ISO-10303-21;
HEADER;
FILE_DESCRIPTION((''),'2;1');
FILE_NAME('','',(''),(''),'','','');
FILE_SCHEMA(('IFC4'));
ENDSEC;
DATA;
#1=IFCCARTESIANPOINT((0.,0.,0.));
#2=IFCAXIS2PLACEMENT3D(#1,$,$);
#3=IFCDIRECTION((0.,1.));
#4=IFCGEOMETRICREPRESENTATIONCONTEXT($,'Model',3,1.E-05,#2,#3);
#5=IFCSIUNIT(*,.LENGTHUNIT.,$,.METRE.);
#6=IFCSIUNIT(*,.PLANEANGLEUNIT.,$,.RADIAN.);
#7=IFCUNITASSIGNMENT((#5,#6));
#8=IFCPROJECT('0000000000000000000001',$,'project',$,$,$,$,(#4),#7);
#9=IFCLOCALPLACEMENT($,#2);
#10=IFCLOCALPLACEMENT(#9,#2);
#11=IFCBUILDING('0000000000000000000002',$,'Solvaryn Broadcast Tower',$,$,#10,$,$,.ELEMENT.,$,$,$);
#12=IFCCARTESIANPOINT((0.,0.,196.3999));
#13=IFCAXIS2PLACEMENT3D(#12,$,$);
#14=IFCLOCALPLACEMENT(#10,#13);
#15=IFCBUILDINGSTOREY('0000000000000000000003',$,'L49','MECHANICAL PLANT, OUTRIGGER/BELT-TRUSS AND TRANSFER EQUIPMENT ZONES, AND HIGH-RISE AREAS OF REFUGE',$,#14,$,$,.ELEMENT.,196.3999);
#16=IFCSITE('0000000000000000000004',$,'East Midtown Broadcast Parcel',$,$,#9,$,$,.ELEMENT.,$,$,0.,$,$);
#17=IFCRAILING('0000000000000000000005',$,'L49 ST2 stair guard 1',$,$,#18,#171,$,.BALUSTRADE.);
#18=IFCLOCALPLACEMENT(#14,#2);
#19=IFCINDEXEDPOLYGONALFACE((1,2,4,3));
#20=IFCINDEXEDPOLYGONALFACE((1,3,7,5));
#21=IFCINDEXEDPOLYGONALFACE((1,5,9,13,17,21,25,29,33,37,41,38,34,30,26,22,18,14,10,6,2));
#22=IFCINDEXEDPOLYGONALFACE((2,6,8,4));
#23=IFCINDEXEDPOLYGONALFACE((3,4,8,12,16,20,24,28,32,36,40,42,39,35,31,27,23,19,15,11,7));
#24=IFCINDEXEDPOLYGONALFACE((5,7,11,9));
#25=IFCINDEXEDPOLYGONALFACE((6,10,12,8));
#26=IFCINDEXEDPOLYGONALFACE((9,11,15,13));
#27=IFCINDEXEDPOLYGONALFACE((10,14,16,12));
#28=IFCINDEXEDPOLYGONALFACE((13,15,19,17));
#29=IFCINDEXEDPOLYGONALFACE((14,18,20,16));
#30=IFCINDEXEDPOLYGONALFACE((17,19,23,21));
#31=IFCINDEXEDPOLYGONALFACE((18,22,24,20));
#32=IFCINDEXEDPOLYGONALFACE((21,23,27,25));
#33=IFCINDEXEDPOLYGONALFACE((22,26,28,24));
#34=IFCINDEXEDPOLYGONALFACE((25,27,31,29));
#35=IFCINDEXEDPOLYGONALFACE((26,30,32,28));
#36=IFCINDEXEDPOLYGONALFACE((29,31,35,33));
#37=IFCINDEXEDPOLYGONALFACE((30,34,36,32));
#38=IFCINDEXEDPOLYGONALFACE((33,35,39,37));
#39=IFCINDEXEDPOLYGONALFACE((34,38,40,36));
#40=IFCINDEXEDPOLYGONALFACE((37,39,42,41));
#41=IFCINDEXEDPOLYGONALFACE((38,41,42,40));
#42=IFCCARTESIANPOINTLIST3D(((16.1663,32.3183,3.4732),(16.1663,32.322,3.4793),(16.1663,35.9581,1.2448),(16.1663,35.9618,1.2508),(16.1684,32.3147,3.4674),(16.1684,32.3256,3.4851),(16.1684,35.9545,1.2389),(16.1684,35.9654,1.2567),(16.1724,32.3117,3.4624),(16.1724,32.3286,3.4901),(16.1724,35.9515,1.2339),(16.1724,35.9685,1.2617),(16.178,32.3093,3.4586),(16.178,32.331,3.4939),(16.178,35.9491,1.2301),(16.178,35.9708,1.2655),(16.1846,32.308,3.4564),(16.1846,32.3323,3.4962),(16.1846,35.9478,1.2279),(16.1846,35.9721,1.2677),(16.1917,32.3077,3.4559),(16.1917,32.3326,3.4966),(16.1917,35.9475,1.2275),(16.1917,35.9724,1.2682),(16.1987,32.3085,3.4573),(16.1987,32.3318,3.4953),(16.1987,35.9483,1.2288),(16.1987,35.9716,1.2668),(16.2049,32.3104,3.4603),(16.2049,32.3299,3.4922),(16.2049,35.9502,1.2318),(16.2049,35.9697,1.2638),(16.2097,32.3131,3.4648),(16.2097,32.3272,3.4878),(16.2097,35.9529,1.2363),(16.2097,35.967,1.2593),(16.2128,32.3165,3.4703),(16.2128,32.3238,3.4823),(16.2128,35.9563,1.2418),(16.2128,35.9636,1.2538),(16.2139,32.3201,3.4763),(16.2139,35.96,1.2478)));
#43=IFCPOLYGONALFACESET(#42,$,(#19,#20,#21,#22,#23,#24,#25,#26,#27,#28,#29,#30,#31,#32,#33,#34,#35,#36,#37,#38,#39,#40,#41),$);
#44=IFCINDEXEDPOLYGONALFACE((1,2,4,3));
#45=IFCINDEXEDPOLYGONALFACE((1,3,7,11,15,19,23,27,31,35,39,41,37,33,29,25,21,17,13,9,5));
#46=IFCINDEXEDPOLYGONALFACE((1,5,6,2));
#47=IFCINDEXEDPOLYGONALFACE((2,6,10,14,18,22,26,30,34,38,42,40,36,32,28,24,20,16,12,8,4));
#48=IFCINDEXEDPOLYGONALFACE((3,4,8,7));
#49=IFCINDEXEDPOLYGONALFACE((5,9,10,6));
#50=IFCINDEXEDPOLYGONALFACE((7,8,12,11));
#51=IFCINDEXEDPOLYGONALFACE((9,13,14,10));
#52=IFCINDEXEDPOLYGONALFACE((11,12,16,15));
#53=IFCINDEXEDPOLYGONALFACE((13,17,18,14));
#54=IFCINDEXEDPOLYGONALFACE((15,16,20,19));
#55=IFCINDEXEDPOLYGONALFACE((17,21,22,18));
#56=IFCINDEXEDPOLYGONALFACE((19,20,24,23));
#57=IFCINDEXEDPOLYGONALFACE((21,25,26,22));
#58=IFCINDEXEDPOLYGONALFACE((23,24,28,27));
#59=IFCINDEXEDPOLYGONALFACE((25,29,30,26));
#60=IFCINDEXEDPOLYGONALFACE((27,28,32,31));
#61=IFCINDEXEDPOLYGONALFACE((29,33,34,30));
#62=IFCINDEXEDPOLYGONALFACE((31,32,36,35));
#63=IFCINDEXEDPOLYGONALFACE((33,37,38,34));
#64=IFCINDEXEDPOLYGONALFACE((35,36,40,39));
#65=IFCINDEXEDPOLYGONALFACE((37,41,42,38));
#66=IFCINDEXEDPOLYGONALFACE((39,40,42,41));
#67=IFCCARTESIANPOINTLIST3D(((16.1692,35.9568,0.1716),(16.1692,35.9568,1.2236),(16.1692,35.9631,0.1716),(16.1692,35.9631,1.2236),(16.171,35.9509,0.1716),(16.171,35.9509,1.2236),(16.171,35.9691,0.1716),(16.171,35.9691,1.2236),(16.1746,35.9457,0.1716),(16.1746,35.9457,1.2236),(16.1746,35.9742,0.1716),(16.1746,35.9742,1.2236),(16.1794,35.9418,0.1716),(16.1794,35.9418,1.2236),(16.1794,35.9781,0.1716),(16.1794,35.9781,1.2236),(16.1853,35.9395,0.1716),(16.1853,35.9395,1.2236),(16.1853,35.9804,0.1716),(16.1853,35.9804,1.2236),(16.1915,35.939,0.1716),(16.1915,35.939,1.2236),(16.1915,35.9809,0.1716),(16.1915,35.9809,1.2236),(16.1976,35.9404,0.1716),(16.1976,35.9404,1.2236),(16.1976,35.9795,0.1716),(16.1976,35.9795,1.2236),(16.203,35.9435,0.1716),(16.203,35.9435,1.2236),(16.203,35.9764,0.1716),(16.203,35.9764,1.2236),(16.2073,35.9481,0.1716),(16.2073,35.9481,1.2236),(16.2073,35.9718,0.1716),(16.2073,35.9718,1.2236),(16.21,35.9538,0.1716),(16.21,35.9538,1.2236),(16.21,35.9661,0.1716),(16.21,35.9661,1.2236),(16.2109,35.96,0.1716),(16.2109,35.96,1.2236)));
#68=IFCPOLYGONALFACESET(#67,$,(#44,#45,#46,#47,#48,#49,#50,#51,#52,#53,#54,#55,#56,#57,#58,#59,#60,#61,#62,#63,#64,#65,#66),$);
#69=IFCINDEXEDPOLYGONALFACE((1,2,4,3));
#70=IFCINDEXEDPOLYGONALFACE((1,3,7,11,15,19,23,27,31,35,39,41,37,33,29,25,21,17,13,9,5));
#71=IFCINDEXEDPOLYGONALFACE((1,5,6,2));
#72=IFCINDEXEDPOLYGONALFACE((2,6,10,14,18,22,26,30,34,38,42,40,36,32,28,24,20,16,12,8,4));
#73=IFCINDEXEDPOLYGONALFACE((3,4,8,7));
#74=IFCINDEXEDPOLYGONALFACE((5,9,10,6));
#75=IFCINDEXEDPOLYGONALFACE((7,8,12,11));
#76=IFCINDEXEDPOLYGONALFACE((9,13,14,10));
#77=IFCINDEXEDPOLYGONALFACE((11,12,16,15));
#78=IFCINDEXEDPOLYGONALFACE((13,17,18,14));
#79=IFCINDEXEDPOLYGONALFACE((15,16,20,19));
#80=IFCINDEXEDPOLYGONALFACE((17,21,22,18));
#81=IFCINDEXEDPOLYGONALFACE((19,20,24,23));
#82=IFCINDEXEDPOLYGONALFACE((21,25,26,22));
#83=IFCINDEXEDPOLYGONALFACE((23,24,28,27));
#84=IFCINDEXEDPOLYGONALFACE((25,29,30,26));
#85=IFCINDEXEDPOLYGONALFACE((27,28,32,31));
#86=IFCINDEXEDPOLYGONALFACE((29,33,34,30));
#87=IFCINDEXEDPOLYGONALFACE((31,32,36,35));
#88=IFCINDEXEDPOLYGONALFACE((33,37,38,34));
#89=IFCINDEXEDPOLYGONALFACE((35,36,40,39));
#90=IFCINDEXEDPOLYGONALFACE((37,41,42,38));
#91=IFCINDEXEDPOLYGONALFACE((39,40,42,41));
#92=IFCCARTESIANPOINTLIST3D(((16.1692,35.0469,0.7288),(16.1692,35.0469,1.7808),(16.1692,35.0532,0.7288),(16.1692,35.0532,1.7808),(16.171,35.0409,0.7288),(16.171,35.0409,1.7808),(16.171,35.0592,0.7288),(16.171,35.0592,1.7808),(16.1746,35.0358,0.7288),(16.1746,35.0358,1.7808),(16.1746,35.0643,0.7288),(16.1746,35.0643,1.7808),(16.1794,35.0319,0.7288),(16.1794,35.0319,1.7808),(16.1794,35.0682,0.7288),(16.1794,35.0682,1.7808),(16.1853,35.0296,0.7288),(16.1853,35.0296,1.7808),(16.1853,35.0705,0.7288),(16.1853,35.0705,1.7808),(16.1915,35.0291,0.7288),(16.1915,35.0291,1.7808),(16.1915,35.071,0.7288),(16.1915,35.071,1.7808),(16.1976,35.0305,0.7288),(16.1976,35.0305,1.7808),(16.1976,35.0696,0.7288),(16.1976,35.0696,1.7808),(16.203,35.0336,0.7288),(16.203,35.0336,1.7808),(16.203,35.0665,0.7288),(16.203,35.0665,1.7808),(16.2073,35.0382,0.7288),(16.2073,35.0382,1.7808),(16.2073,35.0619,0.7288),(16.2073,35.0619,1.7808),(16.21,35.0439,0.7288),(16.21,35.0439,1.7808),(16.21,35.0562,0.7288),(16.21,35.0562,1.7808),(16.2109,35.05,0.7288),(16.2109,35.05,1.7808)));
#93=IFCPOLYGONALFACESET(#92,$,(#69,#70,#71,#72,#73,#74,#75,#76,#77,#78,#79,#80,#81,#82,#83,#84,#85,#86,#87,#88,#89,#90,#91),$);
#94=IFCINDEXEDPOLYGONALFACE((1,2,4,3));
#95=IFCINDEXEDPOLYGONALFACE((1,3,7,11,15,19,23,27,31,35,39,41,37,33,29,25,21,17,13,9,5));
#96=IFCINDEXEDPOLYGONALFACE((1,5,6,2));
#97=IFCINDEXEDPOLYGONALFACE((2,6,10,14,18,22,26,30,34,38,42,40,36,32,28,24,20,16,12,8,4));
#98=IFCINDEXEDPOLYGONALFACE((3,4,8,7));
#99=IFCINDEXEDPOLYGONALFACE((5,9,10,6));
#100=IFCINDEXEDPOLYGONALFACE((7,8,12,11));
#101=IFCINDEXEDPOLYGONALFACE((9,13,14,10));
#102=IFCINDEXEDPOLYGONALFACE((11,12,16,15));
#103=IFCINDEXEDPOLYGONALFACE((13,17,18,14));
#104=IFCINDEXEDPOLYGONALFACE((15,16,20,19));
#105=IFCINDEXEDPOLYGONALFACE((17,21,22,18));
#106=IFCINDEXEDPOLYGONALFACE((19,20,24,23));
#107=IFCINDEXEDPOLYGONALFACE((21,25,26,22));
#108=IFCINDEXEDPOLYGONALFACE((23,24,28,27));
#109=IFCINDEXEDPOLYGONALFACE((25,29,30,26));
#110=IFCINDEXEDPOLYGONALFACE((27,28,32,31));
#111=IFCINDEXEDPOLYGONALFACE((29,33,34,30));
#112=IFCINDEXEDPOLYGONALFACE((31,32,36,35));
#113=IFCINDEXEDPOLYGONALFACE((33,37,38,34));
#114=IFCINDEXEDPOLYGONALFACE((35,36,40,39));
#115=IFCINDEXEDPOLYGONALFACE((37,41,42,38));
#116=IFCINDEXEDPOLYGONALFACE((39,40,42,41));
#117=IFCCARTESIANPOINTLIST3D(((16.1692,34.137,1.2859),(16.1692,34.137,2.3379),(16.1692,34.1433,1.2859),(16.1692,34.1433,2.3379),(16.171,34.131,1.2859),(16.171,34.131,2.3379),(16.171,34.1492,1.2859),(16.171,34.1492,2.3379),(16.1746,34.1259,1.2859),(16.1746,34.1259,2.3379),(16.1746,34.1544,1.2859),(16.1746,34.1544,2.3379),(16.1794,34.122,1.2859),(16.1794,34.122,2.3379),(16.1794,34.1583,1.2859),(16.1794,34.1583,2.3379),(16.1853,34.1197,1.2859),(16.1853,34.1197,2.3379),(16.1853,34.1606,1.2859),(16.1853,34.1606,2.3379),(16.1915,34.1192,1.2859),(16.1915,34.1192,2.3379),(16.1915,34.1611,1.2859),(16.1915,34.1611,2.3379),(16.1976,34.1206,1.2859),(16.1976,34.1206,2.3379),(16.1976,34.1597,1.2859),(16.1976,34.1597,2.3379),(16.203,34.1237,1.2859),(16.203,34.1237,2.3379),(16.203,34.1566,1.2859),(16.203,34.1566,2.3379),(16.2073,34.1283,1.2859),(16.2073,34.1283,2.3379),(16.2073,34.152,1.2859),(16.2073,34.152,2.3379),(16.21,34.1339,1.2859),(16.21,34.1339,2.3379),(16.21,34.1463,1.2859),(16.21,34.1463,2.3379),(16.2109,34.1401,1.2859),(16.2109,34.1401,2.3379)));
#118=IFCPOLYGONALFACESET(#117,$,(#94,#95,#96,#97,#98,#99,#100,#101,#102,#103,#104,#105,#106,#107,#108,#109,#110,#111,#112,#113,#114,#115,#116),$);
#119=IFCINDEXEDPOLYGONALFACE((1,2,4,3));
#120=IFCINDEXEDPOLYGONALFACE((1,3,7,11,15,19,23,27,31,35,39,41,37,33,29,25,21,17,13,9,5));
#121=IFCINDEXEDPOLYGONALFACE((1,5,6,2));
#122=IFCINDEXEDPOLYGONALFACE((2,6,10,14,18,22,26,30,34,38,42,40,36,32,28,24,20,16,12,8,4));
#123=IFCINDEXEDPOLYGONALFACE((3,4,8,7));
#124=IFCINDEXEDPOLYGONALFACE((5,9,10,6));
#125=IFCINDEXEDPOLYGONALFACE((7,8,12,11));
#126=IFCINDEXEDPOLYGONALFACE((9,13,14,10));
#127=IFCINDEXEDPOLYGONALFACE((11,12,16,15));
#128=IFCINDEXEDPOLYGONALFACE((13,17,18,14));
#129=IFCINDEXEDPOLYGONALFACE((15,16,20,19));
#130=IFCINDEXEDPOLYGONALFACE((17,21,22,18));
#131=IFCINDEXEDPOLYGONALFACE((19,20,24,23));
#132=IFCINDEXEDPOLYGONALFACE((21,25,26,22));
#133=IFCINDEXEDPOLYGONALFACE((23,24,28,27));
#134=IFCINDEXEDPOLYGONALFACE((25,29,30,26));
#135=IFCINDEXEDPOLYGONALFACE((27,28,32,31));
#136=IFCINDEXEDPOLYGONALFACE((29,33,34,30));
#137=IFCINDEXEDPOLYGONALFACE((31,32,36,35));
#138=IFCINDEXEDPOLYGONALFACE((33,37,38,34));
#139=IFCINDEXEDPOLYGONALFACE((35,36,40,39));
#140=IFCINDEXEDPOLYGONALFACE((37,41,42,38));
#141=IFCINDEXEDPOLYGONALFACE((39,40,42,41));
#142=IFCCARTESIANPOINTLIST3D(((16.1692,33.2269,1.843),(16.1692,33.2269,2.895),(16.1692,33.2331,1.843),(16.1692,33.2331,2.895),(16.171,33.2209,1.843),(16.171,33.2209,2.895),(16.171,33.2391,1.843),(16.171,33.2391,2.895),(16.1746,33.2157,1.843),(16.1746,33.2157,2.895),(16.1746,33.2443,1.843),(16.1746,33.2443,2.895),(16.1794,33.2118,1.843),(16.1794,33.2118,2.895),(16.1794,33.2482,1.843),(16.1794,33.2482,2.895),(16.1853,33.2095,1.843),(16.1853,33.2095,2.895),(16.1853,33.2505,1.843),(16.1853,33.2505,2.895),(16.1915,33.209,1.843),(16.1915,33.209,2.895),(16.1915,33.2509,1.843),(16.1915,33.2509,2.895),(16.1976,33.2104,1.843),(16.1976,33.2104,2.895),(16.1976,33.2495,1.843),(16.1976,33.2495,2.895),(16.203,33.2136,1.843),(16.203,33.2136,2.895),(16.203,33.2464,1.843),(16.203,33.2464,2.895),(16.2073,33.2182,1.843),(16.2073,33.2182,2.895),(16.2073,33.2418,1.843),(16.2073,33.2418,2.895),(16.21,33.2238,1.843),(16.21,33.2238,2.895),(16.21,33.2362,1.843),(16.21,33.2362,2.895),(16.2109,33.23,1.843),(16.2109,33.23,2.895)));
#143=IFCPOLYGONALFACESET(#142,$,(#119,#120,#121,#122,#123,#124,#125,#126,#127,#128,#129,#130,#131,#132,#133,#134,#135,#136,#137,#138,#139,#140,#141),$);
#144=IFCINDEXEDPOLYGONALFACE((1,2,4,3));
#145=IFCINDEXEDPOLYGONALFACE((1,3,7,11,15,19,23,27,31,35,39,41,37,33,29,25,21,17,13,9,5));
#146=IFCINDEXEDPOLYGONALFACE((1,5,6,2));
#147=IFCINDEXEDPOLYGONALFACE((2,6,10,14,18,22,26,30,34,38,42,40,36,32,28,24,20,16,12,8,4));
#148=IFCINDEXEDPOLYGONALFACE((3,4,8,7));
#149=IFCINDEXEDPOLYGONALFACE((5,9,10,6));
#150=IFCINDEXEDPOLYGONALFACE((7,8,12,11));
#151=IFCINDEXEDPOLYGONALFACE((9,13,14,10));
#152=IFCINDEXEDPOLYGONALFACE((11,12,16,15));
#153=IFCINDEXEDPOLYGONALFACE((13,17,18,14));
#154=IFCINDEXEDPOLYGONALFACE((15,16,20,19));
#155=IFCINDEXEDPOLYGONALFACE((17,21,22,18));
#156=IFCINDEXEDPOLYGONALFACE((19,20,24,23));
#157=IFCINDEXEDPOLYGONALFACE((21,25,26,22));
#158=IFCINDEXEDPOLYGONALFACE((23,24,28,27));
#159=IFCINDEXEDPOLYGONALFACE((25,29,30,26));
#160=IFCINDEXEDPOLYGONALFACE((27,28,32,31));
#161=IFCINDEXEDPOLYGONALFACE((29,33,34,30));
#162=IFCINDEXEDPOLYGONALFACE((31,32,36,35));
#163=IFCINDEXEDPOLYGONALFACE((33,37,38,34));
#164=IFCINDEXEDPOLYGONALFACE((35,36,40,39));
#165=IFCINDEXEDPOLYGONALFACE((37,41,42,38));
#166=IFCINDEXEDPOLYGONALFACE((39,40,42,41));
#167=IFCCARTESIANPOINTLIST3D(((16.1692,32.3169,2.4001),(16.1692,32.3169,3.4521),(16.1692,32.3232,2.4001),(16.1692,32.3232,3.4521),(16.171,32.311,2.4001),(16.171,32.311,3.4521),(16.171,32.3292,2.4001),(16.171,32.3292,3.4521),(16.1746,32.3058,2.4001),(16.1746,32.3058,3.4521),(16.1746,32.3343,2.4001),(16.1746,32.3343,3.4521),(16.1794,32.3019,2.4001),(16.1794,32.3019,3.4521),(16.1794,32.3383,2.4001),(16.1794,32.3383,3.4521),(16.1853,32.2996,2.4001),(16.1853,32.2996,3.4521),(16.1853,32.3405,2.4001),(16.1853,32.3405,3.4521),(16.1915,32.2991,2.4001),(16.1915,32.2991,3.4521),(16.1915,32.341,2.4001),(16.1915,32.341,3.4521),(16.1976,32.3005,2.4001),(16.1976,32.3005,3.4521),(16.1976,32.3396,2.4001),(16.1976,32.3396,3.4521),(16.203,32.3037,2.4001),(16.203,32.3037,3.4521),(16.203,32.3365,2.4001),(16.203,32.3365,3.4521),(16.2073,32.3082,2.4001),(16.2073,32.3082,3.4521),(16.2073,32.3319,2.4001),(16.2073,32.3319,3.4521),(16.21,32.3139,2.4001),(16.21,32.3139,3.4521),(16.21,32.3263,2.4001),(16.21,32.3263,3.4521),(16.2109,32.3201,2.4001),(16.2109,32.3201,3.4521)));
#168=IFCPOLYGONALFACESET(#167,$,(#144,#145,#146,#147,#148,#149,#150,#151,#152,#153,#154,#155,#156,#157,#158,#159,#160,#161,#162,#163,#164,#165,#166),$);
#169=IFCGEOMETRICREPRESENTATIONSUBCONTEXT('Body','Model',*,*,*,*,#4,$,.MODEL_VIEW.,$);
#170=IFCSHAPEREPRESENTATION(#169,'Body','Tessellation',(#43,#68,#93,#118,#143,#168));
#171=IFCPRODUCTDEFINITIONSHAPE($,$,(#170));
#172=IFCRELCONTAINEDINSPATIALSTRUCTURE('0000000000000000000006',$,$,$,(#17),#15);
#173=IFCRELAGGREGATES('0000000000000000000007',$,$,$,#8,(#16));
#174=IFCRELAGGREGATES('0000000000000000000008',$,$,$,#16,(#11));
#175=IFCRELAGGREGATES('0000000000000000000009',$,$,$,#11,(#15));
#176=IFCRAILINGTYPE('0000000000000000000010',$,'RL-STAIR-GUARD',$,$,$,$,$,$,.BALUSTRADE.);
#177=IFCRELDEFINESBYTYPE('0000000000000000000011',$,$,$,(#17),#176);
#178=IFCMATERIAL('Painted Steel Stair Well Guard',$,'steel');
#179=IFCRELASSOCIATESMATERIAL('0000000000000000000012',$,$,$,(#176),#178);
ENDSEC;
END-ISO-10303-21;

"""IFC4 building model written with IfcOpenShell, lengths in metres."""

from ifc_helpers import new_model, si_unit, direction, frame, origin, origin_2d, place, context, subcontext, project, spatial, circle, extrude, material, type_object, element, save


model = new_model("IFC4")

# Units and contexts
model_context = context("Model", 3, precision=1e-05, world=origin(), true_north=direction((0.0, 1.0)))
body_context = subcontext(model_context, "Body", "Model", "MODEL_VIEW")
ifc_project = project(units=[si_unit("LENGTHUNIT", "METRE"), si_unit("PLANEANGLEUNIT", "RADIAN")], contexts=[model_context])

# Site, building, storey
site_placement = place(None, origin())
site = spatial("IfcSite", under=ifc_project, at=site_placement, Name="East Midtown Broadcast Parcel", CompositionType="ELEMENT", RefElevation=0.0)
building_placement = place(site_placement, origin())
building = spatial("IfcBuilding", under=site, at=building_placement, Name="Solvaryn Broadcast Tower", CompositionType="ELEMENT")
storey_placement = place(building_placement, frame((0.0, 0.0, 196.3999)))
storey = spatial("IfcBuildingStorey", under=building, at=storey_placement, Name="L49", Description="MECHANICAL PLANT, OUTRIGGER/BELT-TRUSS AND TRANSFER EQUIPMENT ZONES, AND HIGH-RISE AREAS OF REFUGE", CompositionType="ELEMENT", Elevation=196.3999)

# Railing
ifc_material_1 = material(Name="Painted Steel Stair Well Guard", Category="steel")
railing_type_1 = type_object("IfcRailingType", Name="RL-STAIR-GUARD", PredefinedType="BALUSTRADE", material=ifc_material_1)
railing_1_placement = place(storey_placement, frame((16.1899, 35.96, 0.1716)))
element("IfcRailing", 1, at=railing_1_placement, inside=storey, type_object=railing_type_1, Name="L49 ST2 stair guard 1", PredefinedType="BALUSTRADE", context=body_context, shape_type="SweptSolid", body=[
    extrude(circle(Radius=0.0239, at=origin_2d()), frame((0.0, 0.0, 1.0762), z_axis=(0.0, -0.85285, 0.522156), x_axis=(1.0, 0.0, 0.0)), (0.0, 0.0, 1.0), 4.2678),
    extrude(circle(Radius=0.021, at=origin_2d()), origin(), (0.0, 0.0, 1.0), 1.052),
    extrude(circle(Radius=0.021, at=origin_2d()), frame((0.0, -0.9099, 0.5571)), (0.0, 0.0, 1.0), 1.052),
    extrude(circle(Radius=0.021, at=origin_2d()), frame((0.0, -1.8198, 1.1143)), (0.0, 0.0, 1.0), 1.052),
    extrude(circle(Radius=0.021, at=origin_2d()), frame((0.0, -2.73, 1.6714)), (0.0, 0.0, 1.0), 1.052),
    extrude(circle(Radius=0.021, at=origin_2d()), frame((0.0, -3.6399, 2.2285)), (0.0, 0.0, 1.0), 1.052),
])

save(model, "model.ifc")
